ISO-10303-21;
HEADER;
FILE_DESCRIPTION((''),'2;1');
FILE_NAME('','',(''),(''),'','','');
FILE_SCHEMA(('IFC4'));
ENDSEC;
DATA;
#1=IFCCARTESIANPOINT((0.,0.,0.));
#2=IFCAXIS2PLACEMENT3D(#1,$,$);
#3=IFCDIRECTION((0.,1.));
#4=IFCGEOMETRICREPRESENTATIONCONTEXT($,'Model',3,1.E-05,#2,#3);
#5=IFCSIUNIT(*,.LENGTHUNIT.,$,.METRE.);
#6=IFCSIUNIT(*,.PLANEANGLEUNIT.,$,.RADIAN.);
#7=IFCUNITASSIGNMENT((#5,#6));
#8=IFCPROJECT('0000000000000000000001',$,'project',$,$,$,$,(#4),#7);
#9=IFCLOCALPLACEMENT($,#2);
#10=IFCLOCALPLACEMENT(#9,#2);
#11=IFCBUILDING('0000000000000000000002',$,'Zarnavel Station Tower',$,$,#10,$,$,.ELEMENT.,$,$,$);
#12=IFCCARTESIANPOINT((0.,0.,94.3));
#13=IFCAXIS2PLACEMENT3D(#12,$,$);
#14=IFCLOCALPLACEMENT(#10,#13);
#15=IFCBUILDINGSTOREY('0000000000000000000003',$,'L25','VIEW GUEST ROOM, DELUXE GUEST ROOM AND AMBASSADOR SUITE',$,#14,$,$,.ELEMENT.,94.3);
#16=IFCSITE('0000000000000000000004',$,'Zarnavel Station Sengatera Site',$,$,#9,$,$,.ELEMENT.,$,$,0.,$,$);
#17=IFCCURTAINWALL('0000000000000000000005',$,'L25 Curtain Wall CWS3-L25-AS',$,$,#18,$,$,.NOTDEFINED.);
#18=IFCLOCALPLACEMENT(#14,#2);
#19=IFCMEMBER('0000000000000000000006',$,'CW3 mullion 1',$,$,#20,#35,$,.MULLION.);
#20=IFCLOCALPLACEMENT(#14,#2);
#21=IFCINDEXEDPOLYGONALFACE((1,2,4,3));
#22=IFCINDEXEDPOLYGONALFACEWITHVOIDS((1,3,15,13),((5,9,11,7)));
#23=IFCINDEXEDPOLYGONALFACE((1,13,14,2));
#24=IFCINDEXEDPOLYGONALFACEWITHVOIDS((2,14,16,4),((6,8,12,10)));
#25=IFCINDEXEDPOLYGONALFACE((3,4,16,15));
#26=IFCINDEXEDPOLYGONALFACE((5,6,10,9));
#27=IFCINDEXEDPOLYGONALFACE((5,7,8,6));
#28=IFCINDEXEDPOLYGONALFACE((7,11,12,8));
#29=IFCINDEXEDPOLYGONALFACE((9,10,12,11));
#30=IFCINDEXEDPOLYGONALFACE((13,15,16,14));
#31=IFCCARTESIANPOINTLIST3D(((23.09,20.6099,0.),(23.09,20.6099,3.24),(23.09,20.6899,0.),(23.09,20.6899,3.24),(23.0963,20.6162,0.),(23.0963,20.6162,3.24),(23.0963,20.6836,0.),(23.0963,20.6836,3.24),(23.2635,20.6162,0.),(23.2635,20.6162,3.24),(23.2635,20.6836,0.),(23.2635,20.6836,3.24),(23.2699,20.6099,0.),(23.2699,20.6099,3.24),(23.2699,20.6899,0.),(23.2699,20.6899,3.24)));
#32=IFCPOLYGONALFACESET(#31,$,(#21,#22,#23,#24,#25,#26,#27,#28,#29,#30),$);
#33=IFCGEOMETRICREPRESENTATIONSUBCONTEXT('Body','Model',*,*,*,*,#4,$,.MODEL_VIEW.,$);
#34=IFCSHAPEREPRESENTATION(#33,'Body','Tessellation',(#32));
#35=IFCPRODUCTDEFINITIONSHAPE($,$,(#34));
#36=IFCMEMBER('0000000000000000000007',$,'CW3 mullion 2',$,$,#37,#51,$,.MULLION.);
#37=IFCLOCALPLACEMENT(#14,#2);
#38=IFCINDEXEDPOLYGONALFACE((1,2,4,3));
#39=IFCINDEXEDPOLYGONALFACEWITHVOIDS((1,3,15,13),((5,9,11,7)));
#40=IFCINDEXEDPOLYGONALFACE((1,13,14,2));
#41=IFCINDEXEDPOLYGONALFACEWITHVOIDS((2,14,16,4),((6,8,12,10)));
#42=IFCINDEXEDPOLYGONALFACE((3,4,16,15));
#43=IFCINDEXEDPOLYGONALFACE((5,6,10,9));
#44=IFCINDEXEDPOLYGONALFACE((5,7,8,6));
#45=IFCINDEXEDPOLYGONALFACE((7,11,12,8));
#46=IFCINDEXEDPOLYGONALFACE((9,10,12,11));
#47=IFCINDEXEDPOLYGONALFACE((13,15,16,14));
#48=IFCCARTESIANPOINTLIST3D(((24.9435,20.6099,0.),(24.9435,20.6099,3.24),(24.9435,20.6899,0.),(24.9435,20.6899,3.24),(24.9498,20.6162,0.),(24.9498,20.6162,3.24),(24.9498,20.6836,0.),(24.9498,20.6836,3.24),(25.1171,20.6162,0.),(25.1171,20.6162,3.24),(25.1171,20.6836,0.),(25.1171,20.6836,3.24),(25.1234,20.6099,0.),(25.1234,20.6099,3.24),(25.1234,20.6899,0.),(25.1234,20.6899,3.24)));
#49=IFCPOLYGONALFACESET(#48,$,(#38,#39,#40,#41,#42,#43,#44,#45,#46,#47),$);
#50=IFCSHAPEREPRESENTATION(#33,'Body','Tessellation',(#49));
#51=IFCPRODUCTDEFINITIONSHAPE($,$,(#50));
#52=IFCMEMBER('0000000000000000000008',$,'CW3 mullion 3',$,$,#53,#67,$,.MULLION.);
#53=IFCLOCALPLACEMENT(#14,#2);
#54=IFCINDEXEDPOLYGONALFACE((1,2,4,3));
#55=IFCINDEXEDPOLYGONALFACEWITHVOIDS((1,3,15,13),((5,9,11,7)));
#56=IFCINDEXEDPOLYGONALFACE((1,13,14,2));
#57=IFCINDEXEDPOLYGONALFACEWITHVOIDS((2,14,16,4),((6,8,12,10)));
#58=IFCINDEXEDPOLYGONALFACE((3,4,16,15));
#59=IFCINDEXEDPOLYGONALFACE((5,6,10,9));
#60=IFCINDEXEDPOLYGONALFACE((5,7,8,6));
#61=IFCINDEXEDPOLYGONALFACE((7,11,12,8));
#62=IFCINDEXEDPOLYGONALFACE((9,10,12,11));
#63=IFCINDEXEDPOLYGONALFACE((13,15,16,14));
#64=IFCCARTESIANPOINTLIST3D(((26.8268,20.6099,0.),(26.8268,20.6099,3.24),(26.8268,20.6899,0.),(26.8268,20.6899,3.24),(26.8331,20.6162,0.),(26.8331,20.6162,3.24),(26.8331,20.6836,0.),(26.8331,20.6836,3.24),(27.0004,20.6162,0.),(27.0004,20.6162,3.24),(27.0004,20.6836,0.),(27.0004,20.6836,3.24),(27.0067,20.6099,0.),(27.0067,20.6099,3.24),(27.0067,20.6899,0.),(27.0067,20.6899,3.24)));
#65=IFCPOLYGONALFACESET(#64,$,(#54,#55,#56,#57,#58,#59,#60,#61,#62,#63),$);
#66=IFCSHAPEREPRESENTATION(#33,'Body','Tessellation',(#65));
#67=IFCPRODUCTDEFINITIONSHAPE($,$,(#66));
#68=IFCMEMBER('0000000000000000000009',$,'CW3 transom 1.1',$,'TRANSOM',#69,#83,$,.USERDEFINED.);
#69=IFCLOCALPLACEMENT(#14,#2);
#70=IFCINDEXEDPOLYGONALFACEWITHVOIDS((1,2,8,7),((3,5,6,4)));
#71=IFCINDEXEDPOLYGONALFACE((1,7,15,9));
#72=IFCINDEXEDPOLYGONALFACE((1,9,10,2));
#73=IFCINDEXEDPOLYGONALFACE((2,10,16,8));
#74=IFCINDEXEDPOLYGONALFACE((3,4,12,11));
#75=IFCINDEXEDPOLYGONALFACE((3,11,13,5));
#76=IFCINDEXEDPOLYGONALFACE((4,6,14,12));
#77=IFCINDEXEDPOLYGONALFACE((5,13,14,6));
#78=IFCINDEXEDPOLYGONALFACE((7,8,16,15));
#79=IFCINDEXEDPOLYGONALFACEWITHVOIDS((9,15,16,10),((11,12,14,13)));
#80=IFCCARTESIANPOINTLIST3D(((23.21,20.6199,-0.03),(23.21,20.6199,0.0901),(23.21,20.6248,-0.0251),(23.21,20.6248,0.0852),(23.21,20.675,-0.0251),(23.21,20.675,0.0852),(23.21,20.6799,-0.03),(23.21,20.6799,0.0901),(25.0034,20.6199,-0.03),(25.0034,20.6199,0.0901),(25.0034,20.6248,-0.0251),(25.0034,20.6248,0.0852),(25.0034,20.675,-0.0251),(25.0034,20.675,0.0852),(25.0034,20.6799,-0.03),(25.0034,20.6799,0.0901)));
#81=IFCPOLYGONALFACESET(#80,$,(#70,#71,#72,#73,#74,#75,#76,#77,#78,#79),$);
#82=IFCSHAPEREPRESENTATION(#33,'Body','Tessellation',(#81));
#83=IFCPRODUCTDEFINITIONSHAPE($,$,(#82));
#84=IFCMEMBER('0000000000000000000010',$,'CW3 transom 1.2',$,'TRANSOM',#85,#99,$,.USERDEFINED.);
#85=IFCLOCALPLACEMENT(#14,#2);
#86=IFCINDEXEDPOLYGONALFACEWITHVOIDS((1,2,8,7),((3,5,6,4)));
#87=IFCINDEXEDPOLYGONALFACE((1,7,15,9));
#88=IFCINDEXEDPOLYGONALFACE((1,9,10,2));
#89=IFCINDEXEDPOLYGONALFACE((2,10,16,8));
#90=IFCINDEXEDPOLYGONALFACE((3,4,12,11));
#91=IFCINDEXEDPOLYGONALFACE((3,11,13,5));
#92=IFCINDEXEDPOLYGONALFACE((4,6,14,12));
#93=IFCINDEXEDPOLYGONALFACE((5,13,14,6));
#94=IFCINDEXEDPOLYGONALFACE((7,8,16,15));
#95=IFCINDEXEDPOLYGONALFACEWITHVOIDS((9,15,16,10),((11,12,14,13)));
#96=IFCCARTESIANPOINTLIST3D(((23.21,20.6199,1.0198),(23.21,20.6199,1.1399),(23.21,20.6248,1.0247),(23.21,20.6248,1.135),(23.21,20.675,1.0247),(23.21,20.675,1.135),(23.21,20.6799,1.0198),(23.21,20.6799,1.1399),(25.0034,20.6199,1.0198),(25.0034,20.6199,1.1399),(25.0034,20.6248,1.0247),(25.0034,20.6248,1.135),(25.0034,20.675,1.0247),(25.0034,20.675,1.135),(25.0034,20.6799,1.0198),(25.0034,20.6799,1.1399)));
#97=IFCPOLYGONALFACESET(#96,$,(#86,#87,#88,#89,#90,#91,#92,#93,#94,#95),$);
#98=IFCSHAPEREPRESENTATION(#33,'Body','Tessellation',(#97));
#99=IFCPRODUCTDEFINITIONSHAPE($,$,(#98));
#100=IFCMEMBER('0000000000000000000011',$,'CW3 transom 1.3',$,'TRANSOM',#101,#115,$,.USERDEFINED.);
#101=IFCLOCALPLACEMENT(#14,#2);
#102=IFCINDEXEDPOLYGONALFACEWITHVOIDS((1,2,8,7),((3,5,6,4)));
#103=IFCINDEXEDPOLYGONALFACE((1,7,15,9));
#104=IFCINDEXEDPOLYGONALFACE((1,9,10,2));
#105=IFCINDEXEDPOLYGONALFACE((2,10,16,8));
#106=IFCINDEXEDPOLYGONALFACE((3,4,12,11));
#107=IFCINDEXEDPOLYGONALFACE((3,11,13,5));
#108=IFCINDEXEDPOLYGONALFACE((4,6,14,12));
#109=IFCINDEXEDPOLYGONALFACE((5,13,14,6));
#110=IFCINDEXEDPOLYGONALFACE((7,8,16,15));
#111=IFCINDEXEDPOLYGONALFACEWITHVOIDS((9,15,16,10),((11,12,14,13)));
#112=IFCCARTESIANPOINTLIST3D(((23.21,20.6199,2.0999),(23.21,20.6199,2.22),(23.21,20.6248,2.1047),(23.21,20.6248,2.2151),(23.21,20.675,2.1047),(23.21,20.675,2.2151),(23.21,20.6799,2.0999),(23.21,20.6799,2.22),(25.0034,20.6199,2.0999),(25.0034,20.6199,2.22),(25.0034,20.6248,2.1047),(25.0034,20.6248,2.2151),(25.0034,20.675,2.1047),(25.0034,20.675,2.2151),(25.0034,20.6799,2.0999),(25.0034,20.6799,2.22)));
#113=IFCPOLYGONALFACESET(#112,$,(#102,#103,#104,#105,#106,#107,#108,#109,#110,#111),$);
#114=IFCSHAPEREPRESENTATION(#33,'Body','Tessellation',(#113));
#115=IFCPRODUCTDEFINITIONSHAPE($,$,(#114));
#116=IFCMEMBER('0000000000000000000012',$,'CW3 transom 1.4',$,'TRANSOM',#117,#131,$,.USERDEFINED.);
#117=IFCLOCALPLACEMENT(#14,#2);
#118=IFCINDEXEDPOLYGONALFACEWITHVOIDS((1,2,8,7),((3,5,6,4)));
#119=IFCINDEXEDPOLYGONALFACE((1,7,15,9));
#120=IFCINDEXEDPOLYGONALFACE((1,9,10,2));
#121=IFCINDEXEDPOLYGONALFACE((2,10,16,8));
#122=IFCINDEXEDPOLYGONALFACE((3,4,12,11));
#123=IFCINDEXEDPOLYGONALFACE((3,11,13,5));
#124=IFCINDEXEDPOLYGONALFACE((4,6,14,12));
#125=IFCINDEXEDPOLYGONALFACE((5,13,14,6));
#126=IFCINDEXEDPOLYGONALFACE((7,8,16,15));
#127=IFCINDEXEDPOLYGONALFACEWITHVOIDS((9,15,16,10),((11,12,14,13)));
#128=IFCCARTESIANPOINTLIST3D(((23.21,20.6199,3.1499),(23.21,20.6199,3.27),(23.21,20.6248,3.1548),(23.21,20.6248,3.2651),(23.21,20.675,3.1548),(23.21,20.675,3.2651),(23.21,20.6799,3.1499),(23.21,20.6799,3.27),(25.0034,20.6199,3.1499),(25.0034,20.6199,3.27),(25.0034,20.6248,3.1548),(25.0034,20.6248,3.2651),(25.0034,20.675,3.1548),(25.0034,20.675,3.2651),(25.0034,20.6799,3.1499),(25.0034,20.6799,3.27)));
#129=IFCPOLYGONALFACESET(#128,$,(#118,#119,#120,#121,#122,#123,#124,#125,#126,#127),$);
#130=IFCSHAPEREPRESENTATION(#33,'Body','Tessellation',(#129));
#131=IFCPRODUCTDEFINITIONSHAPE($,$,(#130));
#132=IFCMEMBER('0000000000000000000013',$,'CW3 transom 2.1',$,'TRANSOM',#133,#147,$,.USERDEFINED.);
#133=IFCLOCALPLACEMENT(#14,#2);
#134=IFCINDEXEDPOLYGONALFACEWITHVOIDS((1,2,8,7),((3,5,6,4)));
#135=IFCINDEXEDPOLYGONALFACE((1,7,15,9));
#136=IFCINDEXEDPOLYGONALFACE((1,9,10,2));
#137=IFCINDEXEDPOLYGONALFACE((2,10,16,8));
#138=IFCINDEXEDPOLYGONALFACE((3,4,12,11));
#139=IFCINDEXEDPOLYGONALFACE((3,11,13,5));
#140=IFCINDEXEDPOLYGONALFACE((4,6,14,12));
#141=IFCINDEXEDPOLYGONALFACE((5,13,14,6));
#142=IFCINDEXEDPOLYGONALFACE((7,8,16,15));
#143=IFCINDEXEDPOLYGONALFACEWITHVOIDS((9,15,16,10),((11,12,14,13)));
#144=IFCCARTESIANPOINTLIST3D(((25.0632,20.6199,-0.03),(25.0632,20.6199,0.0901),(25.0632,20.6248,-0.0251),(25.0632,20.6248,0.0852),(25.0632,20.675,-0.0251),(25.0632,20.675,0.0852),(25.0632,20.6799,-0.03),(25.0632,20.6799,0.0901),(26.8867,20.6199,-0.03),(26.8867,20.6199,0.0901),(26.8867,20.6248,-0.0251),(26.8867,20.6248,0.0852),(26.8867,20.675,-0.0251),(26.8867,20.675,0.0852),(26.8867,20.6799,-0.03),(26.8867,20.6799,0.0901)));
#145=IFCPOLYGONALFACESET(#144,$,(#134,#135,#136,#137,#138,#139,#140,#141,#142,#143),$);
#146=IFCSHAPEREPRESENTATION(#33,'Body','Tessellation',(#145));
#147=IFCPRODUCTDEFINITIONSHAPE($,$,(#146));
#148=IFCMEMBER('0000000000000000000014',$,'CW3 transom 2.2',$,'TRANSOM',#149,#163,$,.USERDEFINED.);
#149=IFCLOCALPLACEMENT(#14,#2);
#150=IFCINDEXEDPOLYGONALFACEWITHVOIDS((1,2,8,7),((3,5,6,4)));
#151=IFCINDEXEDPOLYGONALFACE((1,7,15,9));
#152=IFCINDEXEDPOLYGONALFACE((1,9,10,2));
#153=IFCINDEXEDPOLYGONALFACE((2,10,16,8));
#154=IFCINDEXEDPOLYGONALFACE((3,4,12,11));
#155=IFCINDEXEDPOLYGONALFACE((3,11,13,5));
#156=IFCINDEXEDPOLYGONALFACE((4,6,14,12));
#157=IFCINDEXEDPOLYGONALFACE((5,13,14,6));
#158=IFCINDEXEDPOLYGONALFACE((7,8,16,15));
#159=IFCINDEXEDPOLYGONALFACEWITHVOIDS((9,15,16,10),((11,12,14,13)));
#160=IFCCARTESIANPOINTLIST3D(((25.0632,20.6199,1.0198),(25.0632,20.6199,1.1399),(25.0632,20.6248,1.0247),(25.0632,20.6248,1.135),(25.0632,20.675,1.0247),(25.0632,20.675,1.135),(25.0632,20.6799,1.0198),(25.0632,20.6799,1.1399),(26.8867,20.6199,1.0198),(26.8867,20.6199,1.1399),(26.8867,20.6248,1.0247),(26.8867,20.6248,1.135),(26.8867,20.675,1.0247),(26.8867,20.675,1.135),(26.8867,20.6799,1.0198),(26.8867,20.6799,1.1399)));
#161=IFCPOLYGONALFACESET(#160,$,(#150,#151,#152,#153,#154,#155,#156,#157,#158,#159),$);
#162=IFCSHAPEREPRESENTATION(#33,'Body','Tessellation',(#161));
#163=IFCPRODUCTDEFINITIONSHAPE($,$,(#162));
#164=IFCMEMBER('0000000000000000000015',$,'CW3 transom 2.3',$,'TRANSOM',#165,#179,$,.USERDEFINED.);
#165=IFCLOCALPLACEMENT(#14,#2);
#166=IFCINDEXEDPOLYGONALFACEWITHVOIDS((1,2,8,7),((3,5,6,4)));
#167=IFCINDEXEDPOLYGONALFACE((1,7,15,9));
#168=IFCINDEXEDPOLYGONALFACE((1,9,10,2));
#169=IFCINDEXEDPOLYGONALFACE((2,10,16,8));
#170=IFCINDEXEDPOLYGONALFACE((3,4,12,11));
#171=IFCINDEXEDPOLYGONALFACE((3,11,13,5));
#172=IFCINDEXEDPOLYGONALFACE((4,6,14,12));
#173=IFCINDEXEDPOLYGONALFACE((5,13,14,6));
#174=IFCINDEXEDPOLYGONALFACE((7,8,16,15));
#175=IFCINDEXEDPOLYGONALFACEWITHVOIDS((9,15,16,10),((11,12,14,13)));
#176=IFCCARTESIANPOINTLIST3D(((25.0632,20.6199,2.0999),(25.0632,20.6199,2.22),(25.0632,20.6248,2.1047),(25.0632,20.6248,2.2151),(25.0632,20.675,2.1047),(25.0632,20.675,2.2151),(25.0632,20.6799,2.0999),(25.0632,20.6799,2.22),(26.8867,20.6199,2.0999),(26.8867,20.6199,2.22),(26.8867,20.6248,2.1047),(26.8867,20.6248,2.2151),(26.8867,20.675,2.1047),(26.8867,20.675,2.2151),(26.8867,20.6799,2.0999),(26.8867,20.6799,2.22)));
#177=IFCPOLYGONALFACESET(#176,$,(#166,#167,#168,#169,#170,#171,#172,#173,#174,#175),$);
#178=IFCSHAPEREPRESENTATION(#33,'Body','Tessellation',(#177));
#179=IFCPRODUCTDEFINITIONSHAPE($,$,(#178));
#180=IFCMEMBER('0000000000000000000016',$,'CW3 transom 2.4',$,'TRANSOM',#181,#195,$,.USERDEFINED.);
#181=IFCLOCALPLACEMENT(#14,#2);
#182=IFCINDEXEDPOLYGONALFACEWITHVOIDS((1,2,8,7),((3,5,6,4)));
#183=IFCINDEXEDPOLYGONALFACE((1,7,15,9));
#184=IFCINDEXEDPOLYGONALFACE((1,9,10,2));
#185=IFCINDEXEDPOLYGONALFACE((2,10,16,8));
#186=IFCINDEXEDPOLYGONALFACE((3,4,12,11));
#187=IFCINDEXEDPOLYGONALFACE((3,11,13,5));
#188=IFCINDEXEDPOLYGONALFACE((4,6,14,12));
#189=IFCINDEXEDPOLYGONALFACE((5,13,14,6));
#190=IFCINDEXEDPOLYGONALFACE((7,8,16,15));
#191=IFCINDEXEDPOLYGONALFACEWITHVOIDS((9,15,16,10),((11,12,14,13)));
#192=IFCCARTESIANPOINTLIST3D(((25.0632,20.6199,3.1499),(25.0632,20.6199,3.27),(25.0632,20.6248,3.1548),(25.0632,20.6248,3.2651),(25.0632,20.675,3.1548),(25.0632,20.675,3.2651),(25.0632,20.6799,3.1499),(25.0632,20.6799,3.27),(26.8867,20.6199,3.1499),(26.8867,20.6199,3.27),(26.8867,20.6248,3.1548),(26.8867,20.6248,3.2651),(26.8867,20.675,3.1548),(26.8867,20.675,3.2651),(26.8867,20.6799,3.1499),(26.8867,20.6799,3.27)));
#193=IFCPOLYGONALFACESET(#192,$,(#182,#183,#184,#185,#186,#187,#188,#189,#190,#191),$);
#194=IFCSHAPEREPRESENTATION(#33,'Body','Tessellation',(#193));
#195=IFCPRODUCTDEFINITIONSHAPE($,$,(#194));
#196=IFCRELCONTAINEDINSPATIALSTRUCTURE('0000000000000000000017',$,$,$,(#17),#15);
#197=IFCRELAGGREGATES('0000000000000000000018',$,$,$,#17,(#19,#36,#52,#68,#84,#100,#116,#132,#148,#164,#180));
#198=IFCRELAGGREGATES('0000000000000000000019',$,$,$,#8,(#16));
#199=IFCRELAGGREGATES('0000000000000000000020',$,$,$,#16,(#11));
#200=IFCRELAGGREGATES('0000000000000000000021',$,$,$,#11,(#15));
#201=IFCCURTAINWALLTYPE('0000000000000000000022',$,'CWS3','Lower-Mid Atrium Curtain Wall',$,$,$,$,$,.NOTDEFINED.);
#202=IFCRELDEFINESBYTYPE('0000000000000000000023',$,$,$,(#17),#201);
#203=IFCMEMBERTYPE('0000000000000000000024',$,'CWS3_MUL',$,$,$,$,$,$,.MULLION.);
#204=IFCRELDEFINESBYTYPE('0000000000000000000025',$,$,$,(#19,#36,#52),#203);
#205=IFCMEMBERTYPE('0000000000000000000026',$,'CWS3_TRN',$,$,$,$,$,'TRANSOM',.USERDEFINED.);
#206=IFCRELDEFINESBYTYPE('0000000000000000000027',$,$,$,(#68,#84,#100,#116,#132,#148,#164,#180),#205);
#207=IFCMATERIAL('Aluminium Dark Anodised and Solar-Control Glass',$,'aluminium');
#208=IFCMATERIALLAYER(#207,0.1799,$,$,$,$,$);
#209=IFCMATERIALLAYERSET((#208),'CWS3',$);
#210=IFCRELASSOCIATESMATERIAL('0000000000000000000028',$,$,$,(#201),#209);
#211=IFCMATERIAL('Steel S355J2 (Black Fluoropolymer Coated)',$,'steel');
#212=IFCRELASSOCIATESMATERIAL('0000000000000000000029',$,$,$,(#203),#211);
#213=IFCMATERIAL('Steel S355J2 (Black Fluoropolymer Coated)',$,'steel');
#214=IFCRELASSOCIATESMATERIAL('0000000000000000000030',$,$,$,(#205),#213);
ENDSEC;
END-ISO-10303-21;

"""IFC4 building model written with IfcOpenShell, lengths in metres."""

from ifc_helpers import new_model, si_unit, direction, frame, origin, origin_2d, place, context, subcontext, project, spatial, hollow_rectangle, extrude, material, layer, layer_set, material_profile, profile_set, type_object, element, aggregate, save


model = new_model("IFC4")

# Units and contexts
model_context = context("Model", 3, precision=1e-05, world=origin(), true_north=direction((0.0, 1.0)))
body_context = subcontext(model_context, "Body", "Model", "MODEL_VIEW")
ifc_project = project(units=[si_unit("LENGTHUNIT", "METRE"), si_unit("PLANEANGLEUNIT", "RADIAN")], contexts=[model_context])

# Site, building, storey
site_placement = place(None, origin())
site = spatial("IfcSite", under=ifc_project, at=site_placement, Name="Zarnavel Station Sengatera Site", CompositionType="ELEMENT", RefElevation=0.0)
building_placement = place(site_placement, origin())
building = spatial("IfcBuilding", under=site, at=building_placement, Name="Zarnavel Station Tower", CompositionType="ELEMENT")
storey_placement = place(building_placement, frame((0.0, 0.0, 94.3)))
storey = spatial("IfcBuildingStorey", under=building, at=storey_placement, Name="L25", Description="VIEW GUEST ROOM, DELUXE GUEST ROOM AND AMBASSADOR SUITE", CompositionType="ELEMENT", Elevation=94.3)

# Curtain wall, members
ifc_material_1 = material(Name="Aluminium Dark Anodised and Solar-Control Glass", Category="aluminium")
ifc_layer_1 = layer(ifc_material_1, 0.1799)
ifc_layer_set_1 = layer_set([ifc_layer_1], Name="CWS3")
curtain_wall_type = type_object("IfcCurtainWallType", Name="CWS3", Description="Lower-Mid Atrium Curtain Wall", PredefinedType="NOTDEFINED", material=ifc_layer_set_1)
curtain_wall_placement = place(storey_placement, origin())
curtain_wall = element("IfcCurtainWall", 1, at=curtain_wall_placement, inside=storey, type_object=curtain_wall_type, Name="L25 Curtain Wall CWS3-L25-AS", PredefinedType="NOTDEFINED")
ifc_material_2 = material(Name="Steel S355J2 (Black Fluoropolymer Coated)", Category="steel")
ifc_material_profile_1 = material_profile(ifc_material_2, hollow_rectangle(XDim=0.0801, YDim=0.1799, WallThickness=0.0063, at=origin_2d()), Name="RHS180x80x6.3")
ifc_profile_set_1 = profile_set([ifc_material_profile_1], Name="Steel S355J2 (Black Fluoropolymer Coated)")
member_type_1 = type_object("IfcMemberType", Name="CWS3_MUL", PredefinedType="MULLION", material=ifc_profile_set_1)
member_1_placement = place(storey_placement, frame((23.1799, 20.6499, 0.0), z_axis=(0.0, 0.0, 1.0), x_axis=(0.0, 1.0, 0.0)))
member_1 = element("IfcMember", 2, at=member_1_placement, type_object=member_type_1, Name="CW3 mullion 1", PredefinedType="MULLION", context=body_context, shape_type="SweptSolid", body=[
    extrude(hollow_rectangle(XDim=0.0801, YDim=0.1799, WallThickness=0.0063, at=origin_2d()), origin(), (0.0, 0.0, 1.0), 3.24),
])
member_2_placement = place(storey_placement, frame((25.0334, 20.6499, 0.0), z_axis=(0.0, 0.0, 1.0), x_axis=(0.0, 1.0, 0.0)))
member_2 = element("IfcMember", 3, at=member_2_placement, type_object=member_type_1, Name="CW3 mullion 2", PredefinedType="MULLION", context=body_context, shape_type="SweptSolid", body=[
    extrude(hollow_rectangle(XDim=0.0801, YDim=0.1799, WallThickness=0.0063, at=origin_2d()), origin(), (0.0, 0.0, 1.0), 3.24),
])
member_3_placement = place(storey_placement, frame((26.9167, 20.6499, 0.0), z_axis=(0.0, 0.0, 1.0), x_axis=(0.0, 1.0, 0.0)))
member_3 = element("IfcMember", 4, at=member_3_placement, type_object=member_type_1, Name="CW3 mullion 3", PredefinedType="MULLION", context=body_context, shape_type="SweptSolid", body=[
    extrude(hollow_rectangle(XDim=0.0801, YDim=0.1799, WallThickness=0.0063, at=origin_2d()), origin(), (0.0, 0.0, 1.0), 3.24),
])
ifc_material_3 = material(Name="Steel S355J2 (Black Fluoropolymer Coated)", Category="steel")
ifc_material_profile_2 = material_profile(ifc_material_3, hollow_rectangle(XDim=0.0601, YDim=0.1201, WallThickness=0.0049, at=origin_2d()), Name="RHS120x60x5")
ifc_profile_set_2 = profile_set([ifc_material_profile_2], Name="Steel S355J2 (Black Fluoropolymer Coated)")
member_type_2 = type_object("IfcMemberType", Name="CWS3_TRN", ElementType="TRANSOM", PredefinedType="USERDEFINED", material=ifc_profile_set_2)
member_4_placement = place(storey_placement, frame((23.21, 20.6499, 0.03), z_axis=(1.0, 0.0, 0.0), x_axis=(0.0, 1.0, 0.0)))
member_4 = element("IfcMember", 5, at=member_4_placement, type_object=member_type_2, Name="CW3 transom 1.1", ObjectType="TRANSOM", PredefinedType="USERDEFINED", context=body_context, shape_type="SweptSolid", body=[
    extrude(hollow_rectangle(XDim=0.0601, YDim=0.1201, WallThickness=0.0049, at=origin_2d()), origin(), (0.0, 0.0, 1.0), 1.7935),
])
member_5_placement = place(storey_placement, frame((23.21, 20.6499, 1.0798), z_axis=(1.0, 0.0, 0.0), x_axis=(0.0, 1.0, 0.0)))
member_5 = element("IfcMember", 6, at=member_5_placement, type_object=member_type_2, Name="CW3 transom 1.2", ObjectType="TRANSOM", PredefinedType="USERDEFINED", context=body_context, shape_type="SweptSolid", body=[
    extrude(hollow_rectangle(XDim=0.0601, YDim=0.1201, WallThickness=0.0049, at=origin_2d()), origin(), (0.0, 0.0, 1.0), 1.7935),
])
member_6_placement = place(storey_placement, frame((23.21, 20.6499, 2.1599), z_axis=(1.0, 0.0, 0.0), x_axis=(0.0, 1.0, 0.0)))
member_6 = element("IfcMember", 7, at=member_6_placement, type_object=member_type_2, Name="CW3 transom 1.3", ObjectType="TRANSOM", PredefinedType="USERDEFINED", context=body_context, shape_type="SweptSolid", body=[
    extrude(hollow_rectangle(XDim=0.0601, YDim=0.1201, WallThickness=0.0049, at=origin_2d()), origin(), (0.0, 0.0, 1.0), 1.7935),
])
member_7_placement = place(storey_placement, frame((23.21, 20.6499, 3.21), z_axis=(1.0, 0.0, 0.0), x_axis=(0.0, 1.0, 0.0)))
member_7 = element("IfcMember", 8, at=member_7_placement, type_object=member_type_2, Name="CW3 transom 1.4", ObjectType="TRANSOM", PredefinedType="USERDEFINED", context=body_context, shape_type="SweptSolid", body=[
    extrude(hollow_rectangle(XDim=0.0601, YDim=0.1201, WallThickness=0.0049, at=origin_2d()), origin(), (0.0, 0.0, 1.0), 1.7935),
])
member_8_placement = place(storey_placement, frame((25.0632, 20.6499, 0.03), z_axis=(1.0, 0.0, 0.0), x_axis=(0.0, 1.0, 0.0)))
member_8 = element("IfcMember", 9, at=member_8_placement, type_object=member_type_2, Name="CW3 transom 2.1", ObjectType="TRANSOM", PredefinedType="USERDEFINED", context=body_context, shape_type="SweptSolid", body=[
    extrude(hollow_rectangle(XDim=0.0601, YDim=0.1201, WallThickness=0.0049, at=origin_2d()), origin(), (0.0, 0.0, 1.0), 1.8235),
])
member_9_placement = place(storey_placement, frame((25.0632, 20.6499, 1.0798), z_axis=(1.0, 0.0, 0.0), x_axis=(0.0, 1.0, 0.0)))
member_9 = element("IfcMember", 10, at=member_9_placement, type_object=member_type_2, Name="CW3 transom 2.2", ObjectType="TRANSOM", PredefinedType="USERDEFINED", context=body_context, shape_type="SweptSolid", body=[
    extrude(hollow_rectangle(XDim=0.0601, YDim=0.1201, WallThickness=0.0049, at=origin_2d()), origin(), (0.0, 0.0, 1.0), 1.8235),
])
member_10_placement = place(storey_placement, frame((25.0632, 20.6499, 2.1599), z_axis=(1.0, 0.0, 0.0), x_axis=(0.0, 1.0, 0.0)))
member_10 = element("IfcMember", 11, at=member_10_placement, type_object=member_type_2, Name="CW3 transom 2.3", ObjectType="TRANSOM", PredefinedType="USERDEFINED", context=body_context, shape_type="SweptSolid", body=[
    extrude(hollow_rectangle(XDim=0.0601, YDim=0.1201, WallThickness=0.0049, at=origin_2d()), origin(), (0.0, 0.0, 1.0), 1.8235),
])
member_11_placement = place(storey_placement, frame((25.0632, 20.6499, 3.21), z_axis=(1.0, 0.0, 0.0), x_axis=(0.0, 1.0, 0.0)))
member_11 = element("IfcMember", 12, at=member_11_placement, type_object=member_type_2, Name="CW3 transom 2.4", ObjectType="TRANSOM", PredefinedType="USERDEFINED", context=body_context, shape_type="SweptSolid", body=[
    extrude(hollow_rectangle(XDim=0.0601, YDim=0.1201, WallThickness=0.0049, at=origin_2d()), origin(), (0.0, 0.0, 1.0), 1.8235),
])
aggregate(curtain_wall, [member_1, member_2, member_3, member_4, member_5, member_6, member_7, member_8, member_9, member_10, member_11])

save(model, "model.ifc")
